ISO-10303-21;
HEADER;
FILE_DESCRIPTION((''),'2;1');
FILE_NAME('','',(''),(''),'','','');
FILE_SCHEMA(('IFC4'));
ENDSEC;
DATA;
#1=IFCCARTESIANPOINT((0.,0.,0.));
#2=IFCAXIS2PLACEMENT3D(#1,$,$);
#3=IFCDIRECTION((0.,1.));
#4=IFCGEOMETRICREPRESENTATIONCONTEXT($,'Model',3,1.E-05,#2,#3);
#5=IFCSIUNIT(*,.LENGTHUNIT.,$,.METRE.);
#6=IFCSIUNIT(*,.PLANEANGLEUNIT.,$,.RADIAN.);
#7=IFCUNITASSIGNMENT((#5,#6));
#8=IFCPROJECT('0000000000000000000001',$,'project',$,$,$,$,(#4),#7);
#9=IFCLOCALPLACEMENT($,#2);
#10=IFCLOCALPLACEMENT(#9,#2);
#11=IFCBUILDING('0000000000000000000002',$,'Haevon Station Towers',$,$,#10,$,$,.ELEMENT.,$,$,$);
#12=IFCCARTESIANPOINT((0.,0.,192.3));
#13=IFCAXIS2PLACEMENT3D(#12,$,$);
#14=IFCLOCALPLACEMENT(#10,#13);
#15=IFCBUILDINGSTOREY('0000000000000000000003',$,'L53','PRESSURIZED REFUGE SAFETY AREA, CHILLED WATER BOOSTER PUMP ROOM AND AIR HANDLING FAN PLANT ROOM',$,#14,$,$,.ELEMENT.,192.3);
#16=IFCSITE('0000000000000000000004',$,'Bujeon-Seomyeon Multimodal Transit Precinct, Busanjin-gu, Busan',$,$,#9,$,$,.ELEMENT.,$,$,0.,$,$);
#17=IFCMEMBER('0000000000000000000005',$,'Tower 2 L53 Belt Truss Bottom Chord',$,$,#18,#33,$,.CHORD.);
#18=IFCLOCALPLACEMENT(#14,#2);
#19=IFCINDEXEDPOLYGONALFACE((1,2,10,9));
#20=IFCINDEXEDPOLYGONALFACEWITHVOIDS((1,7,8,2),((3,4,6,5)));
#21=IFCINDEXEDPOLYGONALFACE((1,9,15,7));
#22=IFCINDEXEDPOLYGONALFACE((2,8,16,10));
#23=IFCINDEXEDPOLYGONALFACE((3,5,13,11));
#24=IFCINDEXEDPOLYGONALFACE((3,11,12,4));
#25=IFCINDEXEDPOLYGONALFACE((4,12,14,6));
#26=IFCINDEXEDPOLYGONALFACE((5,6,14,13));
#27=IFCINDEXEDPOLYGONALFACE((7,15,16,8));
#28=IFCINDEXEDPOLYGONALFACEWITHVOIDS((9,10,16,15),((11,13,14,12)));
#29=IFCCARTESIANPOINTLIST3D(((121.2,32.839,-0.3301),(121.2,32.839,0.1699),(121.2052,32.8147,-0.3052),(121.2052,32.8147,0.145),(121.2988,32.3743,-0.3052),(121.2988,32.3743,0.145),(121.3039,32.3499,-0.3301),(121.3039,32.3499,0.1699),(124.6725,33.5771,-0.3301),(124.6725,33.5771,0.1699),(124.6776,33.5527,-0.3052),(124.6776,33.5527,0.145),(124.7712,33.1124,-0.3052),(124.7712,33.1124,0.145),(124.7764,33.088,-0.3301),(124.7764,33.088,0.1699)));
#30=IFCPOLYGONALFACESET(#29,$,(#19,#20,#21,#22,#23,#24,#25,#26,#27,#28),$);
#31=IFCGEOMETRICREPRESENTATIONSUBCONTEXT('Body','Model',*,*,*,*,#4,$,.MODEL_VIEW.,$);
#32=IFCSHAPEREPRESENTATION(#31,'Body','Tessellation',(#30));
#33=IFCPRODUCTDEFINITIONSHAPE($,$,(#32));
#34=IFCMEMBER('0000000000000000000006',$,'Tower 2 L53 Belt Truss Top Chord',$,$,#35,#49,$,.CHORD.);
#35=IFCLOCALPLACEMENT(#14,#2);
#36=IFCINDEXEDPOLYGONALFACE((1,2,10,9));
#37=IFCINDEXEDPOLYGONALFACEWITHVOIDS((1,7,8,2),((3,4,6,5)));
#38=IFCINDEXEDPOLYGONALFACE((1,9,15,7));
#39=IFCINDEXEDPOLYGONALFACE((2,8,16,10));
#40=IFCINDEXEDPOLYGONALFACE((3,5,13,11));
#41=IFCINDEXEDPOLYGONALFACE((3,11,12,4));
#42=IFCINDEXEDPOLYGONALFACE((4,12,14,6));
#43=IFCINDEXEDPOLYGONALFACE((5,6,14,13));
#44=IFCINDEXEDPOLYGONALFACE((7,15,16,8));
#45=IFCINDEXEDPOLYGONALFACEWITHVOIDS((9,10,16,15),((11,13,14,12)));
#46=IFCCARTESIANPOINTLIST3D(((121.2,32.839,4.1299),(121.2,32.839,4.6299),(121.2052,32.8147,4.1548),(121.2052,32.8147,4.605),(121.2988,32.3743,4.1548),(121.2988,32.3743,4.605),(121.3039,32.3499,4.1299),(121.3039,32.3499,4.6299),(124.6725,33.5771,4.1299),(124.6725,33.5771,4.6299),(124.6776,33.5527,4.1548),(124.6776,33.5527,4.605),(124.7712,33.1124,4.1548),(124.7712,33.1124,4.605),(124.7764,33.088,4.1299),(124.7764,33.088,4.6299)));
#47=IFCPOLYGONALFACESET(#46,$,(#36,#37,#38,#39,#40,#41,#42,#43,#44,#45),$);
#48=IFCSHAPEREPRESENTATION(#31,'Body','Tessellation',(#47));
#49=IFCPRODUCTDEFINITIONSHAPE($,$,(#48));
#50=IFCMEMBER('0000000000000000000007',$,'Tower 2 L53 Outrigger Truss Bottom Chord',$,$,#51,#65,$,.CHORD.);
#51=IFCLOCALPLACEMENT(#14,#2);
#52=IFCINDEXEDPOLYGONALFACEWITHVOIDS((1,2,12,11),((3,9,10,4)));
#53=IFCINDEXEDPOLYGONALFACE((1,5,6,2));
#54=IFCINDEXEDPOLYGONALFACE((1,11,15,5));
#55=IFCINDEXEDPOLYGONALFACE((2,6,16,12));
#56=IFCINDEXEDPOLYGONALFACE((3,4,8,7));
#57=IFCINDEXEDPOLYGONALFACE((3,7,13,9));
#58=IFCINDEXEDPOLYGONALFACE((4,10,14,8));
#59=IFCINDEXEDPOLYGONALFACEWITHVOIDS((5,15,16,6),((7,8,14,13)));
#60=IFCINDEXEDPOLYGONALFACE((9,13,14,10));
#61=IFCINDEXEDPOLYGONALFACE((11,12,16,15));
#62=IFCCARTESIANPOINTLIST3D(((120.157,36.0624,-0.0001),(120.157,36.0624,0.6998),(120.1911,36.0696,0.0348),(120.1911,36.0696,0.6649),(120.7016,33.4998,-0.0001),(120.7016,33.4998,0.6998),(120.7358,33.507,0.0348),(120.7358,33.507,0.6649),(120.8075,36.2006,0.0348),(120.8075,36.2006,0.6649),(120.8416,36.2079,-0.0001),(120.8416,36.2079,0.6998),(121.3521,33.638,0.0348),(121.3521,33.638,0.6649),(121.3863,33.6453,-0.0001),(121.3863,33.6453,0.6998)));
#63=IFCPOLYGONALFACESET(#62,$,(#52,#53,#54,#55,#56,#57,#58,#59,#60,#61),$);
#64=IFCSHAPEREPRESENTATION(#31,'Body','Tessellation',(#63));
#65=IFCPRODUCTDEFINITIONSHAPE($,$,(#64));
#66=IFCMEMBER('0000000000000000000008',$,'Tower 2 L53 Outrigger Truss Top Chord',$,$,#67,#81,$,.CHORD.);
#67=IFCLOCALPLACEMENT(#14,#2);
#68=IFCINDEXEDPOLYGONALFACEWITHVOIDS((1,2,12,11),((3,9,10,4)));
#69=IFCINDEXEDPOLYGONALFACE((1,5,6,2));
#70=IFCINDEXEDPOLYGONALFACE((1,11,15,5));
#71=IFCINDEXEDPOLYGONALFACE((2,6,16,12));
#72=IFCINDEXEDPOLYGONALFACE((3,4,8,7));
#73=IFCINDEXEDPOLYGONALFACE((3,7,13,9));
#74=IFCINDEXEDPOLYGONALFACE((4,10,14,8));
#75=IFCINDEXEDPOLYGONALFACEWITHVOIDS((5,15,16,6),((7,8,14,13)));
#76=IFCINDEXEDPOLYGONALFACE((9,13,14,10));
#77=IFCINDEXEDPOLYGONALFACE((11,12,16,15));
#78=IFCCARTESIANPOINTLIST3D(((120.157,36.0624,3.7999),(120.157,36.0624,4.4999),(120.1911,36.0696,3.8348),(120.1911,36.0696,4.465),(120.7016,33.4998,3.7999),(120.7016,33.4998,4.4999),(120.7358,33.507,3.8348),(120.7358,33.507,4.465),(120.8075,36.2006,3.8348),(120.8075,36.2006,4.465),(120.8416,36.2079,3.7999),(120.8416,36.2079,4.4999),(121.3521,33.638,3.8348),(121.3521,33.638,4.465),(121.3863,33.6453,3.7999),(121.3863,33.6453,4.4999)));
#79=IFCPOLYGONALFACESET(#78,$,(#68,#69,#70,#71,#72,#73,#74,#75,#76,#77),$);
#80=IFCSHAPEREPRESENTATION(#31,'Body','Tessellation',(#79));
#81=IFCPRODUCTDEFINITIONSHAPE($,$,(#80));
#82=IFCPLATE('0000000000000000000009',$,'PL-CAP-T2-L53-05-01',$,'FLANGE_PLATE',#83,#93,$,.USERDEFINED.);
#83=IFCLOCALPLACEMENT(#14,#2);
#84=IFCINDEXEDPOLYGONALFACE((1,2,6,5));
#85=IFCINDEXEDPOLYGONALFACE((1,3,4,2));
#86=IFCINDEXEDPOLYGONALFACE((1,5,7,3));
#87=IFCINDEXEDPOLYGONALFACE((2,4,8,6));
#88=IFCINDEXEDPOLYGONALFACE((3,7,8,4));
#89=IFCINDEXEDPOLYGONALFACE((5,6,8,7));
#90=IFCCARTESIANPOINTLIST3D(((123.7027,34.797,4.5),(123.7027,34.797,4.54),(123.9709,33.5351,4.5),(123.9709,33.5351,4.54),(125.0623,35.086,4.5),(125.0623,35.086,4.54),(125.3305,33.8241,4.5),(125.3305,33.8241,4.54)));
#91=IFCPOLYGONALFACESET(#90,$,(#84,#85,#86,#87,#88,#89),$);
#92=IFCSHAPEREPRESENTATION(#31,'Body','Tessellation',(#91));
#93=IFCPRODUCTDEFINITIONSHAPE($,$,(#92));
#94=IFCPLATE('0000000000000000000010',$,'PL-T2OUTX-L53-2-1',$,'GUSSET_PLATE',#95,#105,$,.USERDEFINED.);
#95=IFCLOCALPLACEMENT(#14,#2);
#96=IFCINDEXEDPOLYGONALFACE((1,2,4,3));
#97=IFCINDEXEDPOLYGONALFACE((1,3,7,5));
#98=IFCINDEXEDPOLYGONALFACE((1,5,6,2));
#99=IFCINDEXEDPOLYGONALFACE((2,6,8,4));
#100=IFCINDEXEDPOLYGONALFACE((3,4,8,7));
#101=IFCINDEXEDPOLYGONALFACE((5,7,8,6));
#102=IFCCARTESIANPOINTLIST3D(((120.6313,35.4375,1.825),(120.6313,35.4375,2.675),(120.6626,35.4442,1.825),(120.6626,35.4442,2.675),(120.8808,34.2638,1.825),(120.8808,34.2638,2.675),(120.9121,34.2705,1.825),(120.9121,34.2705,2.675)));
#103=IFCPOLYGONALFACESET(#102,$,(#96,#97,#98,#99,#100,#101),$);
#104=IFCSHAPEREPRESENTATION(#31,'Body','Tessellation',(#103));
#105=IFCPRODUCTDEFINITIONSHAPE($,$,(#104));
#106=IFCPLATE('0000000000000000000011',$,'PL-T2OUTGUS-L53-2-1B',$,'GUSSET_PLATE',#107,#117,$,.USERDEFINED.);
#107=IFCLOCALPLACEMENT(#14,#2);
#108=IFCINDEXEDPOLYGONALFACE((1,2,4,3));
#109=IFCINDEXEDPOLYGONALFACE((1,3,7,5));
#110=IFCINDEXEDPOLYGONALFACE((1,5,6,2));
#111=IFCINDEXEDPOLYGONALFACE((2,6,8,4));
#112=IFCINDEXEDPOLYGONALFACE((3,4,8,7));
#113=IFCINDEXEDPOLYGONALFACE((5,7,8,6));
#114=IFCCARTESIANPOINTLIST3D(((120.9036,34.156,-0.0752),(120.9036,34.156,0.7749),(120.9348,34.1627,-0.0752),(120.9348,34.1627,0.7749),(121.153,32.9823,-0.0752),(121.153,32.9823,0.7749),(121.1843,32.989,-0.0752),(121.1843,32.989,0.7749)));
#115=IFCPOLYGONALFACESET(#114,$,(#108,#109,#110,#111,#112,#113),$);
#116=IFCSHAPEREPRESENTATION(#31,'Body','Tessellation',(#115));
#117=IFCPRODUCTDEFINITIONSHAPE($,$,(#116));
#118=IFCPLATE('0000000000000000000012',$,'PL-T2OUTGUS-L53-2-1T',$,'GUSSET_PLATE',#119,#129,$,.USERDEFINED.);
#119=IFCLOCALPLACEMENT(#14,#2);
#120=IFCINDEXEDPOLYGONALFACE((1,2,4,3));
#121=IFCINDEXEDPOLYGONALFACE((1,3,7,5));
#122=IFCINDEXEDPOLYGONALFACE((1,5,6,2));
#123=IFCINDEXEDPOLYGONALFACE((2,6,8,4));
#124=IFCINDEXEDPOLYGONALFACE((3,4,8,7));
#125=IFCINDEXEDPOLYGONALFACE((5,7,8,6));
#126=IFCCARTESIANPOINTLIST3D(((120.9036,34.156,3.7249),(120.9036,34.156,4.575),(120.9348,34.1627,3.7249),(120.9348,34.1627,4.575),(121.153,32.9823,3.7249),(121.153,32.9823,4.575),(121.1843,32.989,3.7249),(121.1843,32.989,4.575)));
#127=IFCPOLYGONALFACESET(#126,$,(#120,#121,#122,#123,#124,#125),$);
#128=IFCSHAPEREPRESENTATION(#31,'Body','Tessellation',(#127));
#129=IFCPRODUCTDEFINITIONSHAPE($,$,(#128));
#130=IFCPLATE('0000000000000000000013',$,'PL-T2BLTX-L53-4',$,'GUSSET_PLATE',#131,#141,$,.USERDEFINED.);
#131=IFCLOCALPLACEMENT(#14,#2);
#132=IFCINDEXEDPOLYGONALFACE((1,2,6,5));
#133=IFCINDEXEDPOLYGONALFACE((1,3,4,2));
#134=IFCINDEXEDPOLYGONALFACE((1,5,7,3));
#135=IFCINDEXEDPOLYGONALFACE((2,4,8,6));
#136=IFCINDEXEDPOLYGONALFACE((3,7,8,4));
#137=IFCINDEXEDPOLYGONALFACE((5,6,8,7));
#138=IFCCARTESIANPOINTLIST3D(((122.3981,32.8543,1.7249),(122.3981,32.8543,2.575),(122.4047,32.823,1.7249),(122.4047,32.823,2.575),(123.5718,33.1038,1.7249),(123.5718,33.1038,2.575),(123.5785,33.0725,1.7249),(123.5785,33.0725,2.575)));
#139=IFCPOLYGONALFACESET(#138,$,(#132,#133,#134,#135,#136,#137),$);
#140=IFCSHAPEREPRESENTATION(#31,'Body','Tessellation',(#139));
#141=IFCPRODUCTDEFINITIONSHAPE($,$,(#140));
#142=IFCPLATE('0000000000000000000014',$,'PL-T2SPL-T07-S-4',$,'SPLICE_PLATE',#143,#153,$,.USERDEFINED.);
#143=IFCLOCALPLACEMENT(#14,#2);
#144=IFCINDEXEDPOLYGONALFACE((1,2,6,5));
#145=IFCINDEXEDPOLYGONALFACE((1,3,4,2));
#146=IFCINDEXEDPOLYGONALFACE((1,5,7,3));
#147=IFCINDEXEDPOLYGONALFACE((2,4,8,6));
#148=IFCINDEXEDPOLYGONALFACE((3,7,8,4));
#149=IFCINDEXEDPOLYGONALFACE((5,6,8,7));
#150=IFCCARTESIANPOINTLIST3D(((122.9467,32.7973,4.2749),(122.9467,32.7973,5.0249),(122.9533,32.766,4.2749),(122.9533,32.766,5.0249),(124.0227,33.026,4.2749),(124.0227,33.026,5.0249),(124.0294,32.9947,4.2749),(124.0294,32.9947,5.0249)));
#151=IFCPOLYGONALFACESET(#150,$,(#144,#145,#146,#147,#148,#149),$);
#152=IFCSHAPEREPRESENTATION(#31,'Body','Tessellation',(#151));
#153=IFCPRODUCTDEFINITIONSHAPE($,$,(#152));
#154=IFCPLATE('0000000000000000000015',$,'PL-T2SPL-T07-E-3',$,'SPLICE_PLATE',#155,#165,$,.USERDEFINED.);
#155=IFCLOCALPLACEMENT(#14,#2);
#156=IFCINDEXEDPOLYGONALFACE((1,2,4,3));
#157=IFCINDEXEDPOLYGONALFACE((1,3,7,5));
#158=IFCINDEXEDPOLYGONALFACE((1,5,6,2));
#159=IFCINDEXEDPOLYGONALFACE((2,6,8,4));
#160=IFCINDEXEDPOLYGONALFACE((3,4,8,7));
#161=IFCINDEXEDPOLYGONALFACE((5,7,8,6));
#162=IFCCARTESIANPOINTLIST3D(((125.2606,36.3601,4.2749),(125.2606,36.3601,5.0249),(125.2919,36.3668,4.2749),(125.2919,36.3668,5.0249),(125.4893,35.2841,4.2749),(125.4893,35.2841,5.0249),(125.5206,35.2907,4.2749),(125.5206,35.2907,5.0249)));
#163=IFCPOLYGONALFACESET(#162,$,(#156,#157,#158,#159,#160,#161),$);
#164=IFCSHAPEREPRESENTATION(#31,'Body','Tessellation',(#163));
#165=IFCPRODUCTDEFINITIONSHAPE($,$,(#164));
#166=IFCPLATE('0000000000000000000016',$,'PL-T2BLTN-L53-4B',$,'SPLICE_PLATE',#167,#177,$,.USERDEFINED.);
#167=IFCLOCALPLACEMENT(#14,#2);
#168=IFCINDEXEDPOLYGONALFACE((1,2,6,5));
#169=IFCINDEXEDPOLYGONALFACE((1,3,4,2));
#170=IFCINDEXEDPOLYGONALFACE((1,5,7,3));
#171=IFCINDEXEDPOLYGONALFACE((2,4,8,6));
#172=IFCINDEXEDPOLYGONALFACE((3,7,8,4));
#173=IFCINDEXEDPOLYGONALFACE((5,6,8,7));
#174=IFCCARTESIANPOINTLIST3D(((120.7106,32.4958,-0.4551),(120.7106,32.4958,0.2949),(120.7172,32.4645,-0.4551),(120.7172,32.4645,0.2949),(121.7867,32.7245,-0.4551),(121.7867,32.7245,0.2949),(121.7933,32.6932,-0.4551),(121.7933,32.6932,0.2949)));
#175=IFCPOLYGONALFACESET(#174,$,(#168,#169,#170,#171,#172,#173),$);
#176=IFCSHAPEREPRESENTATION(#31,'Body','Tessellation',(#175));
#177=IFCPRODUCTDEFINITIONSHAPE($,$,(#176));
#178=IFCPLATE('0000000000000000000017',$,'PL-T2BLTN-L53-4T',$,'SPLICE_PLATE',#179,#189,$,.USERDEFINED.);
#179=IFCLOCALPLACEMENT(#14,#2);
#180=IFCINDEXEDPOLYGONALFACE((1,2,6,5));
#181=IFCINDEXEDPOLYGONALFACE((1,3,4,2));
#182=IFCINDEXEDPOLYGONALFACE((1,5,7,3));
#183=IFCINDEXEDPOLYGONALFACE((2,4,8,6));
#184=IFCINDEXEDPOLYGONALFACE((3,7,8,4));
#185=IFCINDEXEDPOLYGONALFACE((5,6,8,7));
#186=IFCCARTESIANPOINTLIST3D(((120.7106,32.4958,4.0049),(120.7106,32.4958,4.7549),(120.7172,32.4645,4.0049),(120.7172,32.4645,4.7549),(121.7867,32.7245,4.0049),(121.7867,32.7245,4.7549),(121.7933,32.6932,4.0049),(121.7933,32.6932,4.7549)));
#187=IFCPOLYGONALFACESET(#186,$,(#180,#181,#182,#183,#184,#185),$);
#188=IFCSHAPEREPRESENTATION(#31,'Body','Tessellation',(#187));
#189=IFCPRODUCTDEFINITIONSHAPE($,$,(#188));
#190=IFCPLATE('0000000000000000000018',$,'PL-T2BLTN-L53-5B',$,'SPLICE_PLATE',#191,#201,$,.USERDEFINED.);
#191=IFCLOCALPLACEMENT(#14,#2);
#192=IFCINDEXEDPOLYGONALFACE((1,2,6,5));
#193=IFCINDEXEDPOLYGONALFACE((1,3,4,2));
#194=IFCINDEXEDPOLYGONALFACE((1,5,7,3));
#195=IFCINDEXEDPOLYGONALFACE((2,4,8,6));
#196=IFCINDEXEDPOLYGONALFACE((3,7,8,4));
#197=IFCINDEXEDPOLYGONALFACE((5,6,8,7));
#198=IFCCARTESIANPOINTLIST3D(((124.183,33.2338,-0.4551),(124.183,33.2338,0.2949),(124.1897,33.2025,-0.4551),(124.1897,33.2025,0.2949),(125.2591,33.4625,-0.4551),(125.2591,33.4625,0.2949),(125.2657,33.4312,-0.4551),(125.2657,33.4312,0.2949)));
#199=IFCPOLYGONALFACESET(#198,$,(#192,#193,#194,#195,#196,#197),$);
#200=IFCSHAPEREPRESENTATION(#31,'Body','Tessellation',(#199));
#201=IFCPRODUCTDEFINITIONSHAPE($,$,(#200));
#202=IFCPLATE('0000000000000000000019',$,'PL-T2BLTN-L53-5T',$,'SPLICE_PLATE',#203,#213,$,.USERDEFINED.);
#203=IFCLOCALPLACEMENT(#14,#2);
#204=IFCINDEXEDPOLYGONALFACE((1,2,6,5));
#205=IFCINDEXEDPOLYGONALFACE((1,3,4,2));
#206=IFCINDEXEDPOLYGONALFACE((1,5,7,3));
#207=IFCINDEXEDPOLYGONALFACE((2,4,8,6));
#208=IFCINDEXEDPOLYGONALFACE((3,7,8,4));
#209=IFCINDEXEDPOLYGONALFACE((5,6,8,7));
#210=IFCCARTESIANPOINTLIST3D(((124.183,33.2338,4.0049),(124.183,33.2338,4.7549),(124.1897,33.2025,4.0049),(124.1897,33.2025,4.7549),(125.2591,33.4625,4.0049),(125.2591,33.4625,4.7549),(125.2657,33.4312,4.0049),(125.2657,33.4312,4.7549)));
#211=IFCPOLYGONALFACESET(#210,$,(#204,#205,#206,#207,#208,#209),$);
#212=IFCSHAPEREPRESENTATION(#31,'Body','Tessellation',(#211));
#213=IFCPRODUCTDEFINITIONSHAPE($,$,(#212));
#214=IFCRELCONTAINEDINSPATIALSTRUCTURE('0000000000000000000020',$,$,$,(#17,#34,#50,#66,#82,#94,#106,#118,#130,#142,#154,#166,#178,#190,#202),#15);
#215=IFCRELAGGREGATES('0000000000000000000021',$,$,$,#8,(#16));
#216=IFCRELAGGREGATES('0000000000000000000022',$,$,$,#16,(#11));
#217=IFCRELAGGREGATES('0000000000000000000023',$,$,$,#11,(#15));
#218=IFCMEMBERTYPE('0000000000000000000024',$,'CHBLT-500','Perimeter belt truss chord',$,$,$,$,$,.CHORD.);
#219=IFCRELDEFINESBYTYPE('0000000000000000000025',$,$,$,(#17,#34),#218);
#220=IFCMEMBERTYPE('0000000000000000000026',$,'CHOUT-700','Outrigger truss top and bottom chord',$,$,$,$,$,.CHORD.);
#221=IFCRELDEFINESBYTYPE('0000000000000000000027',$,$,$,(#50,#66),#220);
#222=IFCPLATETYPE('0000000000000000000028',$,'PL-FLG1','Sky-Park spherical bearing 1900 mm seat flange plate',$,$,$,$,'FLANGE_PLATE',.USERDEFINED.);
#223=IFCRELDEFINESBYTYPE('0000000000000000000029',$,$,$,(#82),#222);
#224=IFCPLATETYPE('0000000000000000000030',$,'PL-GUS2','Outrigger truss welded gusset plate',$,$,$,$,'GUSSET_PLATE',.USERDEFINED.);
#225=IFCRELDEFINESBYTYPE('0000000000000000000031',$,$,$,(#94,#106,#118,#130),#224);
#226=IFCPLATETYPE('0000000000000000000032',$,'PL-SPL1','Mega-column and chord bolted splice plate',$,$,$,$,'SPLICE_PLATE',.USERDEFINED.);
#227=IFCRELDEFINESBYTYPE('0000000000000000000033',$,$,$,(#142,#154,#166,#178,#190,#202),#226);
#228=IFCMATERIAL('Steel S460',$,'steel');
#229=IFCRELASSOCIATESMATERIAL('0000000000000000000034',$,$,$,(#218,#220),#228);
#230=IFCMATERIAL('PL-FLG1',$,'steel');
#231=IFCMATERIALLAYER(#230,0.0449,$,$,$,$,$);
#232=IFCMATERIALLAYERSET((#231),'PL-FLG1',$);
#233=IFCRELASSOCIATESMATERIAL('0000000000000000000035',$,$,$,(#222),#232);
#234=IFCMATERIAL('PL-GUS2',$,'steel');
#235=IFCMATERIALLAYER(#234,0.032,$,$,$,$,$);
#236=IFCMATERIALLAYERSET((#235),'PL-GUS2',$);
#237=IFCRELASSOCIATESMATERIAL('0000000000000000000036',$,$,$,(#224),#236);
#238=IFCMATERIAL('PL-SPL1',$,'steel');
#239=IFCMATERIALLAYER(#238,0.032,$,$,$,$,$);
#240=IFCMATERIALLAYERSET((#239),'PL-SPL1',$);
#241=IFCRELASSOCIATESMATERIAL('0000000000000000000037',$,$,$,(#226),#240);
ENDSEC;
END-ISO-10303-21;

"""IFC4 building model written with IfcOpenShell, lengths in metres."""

from ifc_helpers import new_model, si_unit, direction, frame, origin, origin_2d, place, context, subcontext, project, spatial, rectangle, hollow_rectangle, extrude, material, layer, layer_set, material_profile, profile_set, type_object, element, save


model = new_model("IFC4")

# Units and contexts
model_context = context("Model", 3, precision=1e-05, world=origin(), true_north=direction((0.0, 1.0)))
body_context = subcontext(model_context, "Body", "Model", "MODEL_VIEW")
ifc_project = project(units=[si_unit("LENGTHUNIT", "METRE"), si_unit("PLANEANGLEUNIT", "RADIAN")], contexts=[model_context])

# Site, building, storey
site_placement = place(None, origin())
site = spatial("IfcSite", under=ifc_project, at=site_placement, Name="Bujeon-Seomyeon Multimodal Transit Precinct, Busanjin-gu, Busan", CompositionType="ELEMENT", RefElevation=0.0)
building_placement = place(site_placement, origin())
building = spatial("IfcBuilding", under=site, at=building_placement, Name="Haevon Station Towers", CompositionType="ELEMENT")
storey_placement = place(building_placement, frame((0.0, 0.0, 192.3)))
storey = spatial("IfcBuildingStorey", under=building, at=storey_placement, Name="L53", Description="PRESSURIZED REFUGE SAFETY AREA, CHILLED WATER BOOSTER PUMP ROOM AND AIR HANDLING FAN PLANT ROOM", CompositionType="ELEMENT", Elevation=192.3)

# Shared definitions
ifc_material_1 = material(Name="Steel S460", Category="steel")

# Members
ifc_material_profile_1 = material_profile(ifc_material_1, hollow_rectangle(XDim=0.5, YDim=0.5, WallThickness=0.0249, at=origin_2d()), Name="RHS-500x500x25")
ifc_profile_set_1 = profile_set([ifc_material_profile_1], Name="Steel S460")
member_type_1 = type_object("IfcMemberType", Name="CHBLT-500", Description="Perimeter belt truss chord", PredefinedType="CHORD", material=ifc_profile_set_1)
for number, where, z_axis, x_axis, name in (
    (1, (121.252, 32.5945, -0.0801), (0.97815, 0.207899, 0.0), (-0.207899, 0.97815, 0.0), "Tower 2 L53 Belt Truss Bottom Chord"),
    (2, (121.252, 32.5945, 4.3799), (0.97815, 0.207899, 0.0), (-0.207899, 0.97815, 0.0), "Tower 2 L53 Belt Truss Top Chord"),
):
    element("IfcMember", number, at=place(storey_placement, frame(where, z_axis=z_axis, x_axis=x_axis)), inside=storey, type_object=member_type_1, Name=name, PredefinedType="CHORD", context=body_context, shape_type="SweptSolid", body=[
        extrude(hollow_rectangle(XDim=0.5, YDim=0.5, WallThickness=0.0249, at=origin_2d()), origin(), (0.0, 0.0, 1.0), 3.55),
    ])
ifc_material_profile_2 = material_profile(ifc_material_1, hollow_rectangle(XDim=0.7, YDim=0.7, WallThickness=0.0349, at=origin_2d()), Name="RHS-700x700x35")
ifc_profile_set_2 = profile_set([ifc_material_profile_2], Name="Steel S460")
member_type_2 = type_object("IfcMemberType", Name="CHOUT-700", Description="Outrigger truss top and bottom chord", PredefinedType="CHORD", material=ifc_profile_set_2)
for number, where, z_axis, x_axis, name in (
    (3, (121.0439, 33.5725, 0.3499), (-0.207893, 0.978152, 0.0), (-0.978152, -0.207893, 0.0), "Tower 2 L53 Outrigger Truss Bottom Chord"),
    (4, (121.0439, 33.5725, 4.1499), (-0.207893, 0.978152, 0.0), (-0.978152, -0.207893, 0.0), "Tower 2 L53 Outrigger Truss Top Chord"),
):
    element("IfcMember", number, at=place(storey_placement, frame(where, z_axis=z_axis, x_axis=x_axis)), inside=storey, type_object=member_type_2, Name=name, PredefinedType="CHORD", context=body_context, shape_type="SweptSolid", body=[
        extrude(hollow_rectangle(XDim=0.7, YDim=0.7, WallThickness=0.0349, at=origin_2d()), origin(), (0.0, 0.0, 1.0), 2.6199),
    ])

# Plates
ifc_material_2 = material(Name="PL-FLG1", Category="steel")
ifc_layer_1 = layer(ifc_material_2, 0.0449)
ifc_layer_set_1 = layer_set([ifc_layer_1], Name="PL-FLG1")
plate_type_1 = type_object("IfcPlateType", Name="PL-FLG1", Description="Sky-Park spherical bearing 1900 mm seat flange plate", ElementType="FLANGE_PLATE", PredefinedType="USERDEFINED", material=ifc_layer_set_1)
plate_placement = place(storey_placement, frame((124.5166, 34.3105, 4.5), z_axis=(0.0, 0.0, 1.0), x_axis=(0.978148, 0.207912, 0.0)))
element("IfcPlate", 5, at=plate_placement, inside=storey, type_object=plate_type_1, Name="PL-CAP-T2-L53-05-01", ObjectType="FLANGE_PLATE", PredefinedType="USERDEFINED", context=body_context, shape_type="SweptSolid", body=[
    extrude(rectangle(XDim=1.3899, YDim=1.29, at=origin_2d()), origin(), (0.0, 0.0, 1.0), 0.04),
])
ifc_material_3 = material(Name="PL-GUS2", Category="steel")
ifc_layer_2 = layer(ifc_material_3, 0.032)
ifc_layer_set_2 = layer_set([ifc_layer_2], Name="PL-GUS2")
plate_type_2 = type_object("IfcPlateType", Name="PL-GUS2", Description="Outrigger truss welded gusset plate", ElementType="GUSSET_PLATE", PredefinedType="USERDEFINED", material=ifc_layer_set_2)
for number, where, z_axis, x_axis, name in (
    (6, (120.7717, 34.854, 1.825), (0.0, 0.0, 1.0), (-0.207912, 0.978148, 0.0), "PL-T2OUTX-L53-2-1"),
    (7, (121.0439, 33.5725, -0.0752), (0.0, 0.0, 1.0), (-0.207912, 0.978148, 0.0), "PL-T2OUTGUS-L53-2-1B"),
    (8, (121.0439, 33.5725, 3.7249), (0.0, 0.0, 1.0), (-0.207912, 0.978148, 0.0), "PL-T2OUTGUS-L53-2-1T"),
    (9, (122.9883, 32.9634, 1.7249), (0.0, 0.0, 1.0), (0.978148, 0.207912, 0.0), "PL-T2BLTX-L53-4"),
):
    element("IfcPlate", number, at=place(storey_placement, frame(where, z_axis=z_axis, x_axis=x_axis)), inside=storey, type_object=plate_type_2, Name=name, ObjectType="GUSSET_PLATE", PredefinedType="USERDEFINED", context=body_context, shape_type="SweptSolid", body=[
        extrude(rectangle(XDim=1.2, YDim=0.032, at=origin_2d()), origin(), (0.0, 0.0, 1.0), 0.8501),
    ])
ifc_material_4 = material(Name="PL-SPL1", Category="steel")
ifc_layer_3 = layer(ifc_material_4, 0.032)
ifc_layer_set_3 = layer_set([ifc_layer_3], Name="PL-SPL1")
plate_type_3 = type_object("IfcPlateType", Name="PL-SPL1", Description="Mega-column and chord bolted splice plate", ElementType="SPLICE_PLATE", PredefinedType="USERDEFINED", material=ifc_layer_set_3)
for number, where, z_axis, x_axis, name in (
    (10, (123.488, 32.896, 4.2749), (0.0, 0.0, 1.0), (0.978148, 0.207912, 0.0), "PL-T2SPL-T07-S-4"),
    (11, (125.3906, 35.8254, 4.2749), (0.0, 0.0, 1.0), (-0.207912, 0.978148, 0.0), "PL-T2SPL-T07-E-3"),
    (12, (121.252, 32.5945, -0.4551), (0.0, 0.0, 1.0), (0.978148, 0.207912, 0.0), "PL-T2BLTN-L53-4B"),
    (13, (121.252, 32.5945, 4.0049), (0.0, 0.0, 1.0), (0.978148, 0.207912, 0.0), "PL-T2BLTN-L53-4T"),
    (14, (124.7244, 33.3325, -0.4551), (0.0, 0.0, 1.0), (0.978148, 0.207912, 0.0), "PL-T2BLTN-L53-5B"),
    (15, (124.7244, 33.3325, 4.0049), (0.0, 0.0, 1.0), (0.978148, 0.207912, 0.0), "PL-T2BLTN-L53-5T"),
):
    element("IfcPlate", number, at=place(storey_placement, frame(where, z_axis=z_axis, x_axis=x_axis)), inside=storey, type_object=plate_type_3, Name=name, ObjectType="SPLICE_PLATE", PredefinedType="USERDEFINED", context=body_context, shape_type="SweptSolid", body=[
        extrude(rectangle(XDim=1.1001, YDim=0.032, at=origin_2d()), origin(), (0.0, 0.0, 1.0), 0.75),
    ])

save(model, "model.ifc")
